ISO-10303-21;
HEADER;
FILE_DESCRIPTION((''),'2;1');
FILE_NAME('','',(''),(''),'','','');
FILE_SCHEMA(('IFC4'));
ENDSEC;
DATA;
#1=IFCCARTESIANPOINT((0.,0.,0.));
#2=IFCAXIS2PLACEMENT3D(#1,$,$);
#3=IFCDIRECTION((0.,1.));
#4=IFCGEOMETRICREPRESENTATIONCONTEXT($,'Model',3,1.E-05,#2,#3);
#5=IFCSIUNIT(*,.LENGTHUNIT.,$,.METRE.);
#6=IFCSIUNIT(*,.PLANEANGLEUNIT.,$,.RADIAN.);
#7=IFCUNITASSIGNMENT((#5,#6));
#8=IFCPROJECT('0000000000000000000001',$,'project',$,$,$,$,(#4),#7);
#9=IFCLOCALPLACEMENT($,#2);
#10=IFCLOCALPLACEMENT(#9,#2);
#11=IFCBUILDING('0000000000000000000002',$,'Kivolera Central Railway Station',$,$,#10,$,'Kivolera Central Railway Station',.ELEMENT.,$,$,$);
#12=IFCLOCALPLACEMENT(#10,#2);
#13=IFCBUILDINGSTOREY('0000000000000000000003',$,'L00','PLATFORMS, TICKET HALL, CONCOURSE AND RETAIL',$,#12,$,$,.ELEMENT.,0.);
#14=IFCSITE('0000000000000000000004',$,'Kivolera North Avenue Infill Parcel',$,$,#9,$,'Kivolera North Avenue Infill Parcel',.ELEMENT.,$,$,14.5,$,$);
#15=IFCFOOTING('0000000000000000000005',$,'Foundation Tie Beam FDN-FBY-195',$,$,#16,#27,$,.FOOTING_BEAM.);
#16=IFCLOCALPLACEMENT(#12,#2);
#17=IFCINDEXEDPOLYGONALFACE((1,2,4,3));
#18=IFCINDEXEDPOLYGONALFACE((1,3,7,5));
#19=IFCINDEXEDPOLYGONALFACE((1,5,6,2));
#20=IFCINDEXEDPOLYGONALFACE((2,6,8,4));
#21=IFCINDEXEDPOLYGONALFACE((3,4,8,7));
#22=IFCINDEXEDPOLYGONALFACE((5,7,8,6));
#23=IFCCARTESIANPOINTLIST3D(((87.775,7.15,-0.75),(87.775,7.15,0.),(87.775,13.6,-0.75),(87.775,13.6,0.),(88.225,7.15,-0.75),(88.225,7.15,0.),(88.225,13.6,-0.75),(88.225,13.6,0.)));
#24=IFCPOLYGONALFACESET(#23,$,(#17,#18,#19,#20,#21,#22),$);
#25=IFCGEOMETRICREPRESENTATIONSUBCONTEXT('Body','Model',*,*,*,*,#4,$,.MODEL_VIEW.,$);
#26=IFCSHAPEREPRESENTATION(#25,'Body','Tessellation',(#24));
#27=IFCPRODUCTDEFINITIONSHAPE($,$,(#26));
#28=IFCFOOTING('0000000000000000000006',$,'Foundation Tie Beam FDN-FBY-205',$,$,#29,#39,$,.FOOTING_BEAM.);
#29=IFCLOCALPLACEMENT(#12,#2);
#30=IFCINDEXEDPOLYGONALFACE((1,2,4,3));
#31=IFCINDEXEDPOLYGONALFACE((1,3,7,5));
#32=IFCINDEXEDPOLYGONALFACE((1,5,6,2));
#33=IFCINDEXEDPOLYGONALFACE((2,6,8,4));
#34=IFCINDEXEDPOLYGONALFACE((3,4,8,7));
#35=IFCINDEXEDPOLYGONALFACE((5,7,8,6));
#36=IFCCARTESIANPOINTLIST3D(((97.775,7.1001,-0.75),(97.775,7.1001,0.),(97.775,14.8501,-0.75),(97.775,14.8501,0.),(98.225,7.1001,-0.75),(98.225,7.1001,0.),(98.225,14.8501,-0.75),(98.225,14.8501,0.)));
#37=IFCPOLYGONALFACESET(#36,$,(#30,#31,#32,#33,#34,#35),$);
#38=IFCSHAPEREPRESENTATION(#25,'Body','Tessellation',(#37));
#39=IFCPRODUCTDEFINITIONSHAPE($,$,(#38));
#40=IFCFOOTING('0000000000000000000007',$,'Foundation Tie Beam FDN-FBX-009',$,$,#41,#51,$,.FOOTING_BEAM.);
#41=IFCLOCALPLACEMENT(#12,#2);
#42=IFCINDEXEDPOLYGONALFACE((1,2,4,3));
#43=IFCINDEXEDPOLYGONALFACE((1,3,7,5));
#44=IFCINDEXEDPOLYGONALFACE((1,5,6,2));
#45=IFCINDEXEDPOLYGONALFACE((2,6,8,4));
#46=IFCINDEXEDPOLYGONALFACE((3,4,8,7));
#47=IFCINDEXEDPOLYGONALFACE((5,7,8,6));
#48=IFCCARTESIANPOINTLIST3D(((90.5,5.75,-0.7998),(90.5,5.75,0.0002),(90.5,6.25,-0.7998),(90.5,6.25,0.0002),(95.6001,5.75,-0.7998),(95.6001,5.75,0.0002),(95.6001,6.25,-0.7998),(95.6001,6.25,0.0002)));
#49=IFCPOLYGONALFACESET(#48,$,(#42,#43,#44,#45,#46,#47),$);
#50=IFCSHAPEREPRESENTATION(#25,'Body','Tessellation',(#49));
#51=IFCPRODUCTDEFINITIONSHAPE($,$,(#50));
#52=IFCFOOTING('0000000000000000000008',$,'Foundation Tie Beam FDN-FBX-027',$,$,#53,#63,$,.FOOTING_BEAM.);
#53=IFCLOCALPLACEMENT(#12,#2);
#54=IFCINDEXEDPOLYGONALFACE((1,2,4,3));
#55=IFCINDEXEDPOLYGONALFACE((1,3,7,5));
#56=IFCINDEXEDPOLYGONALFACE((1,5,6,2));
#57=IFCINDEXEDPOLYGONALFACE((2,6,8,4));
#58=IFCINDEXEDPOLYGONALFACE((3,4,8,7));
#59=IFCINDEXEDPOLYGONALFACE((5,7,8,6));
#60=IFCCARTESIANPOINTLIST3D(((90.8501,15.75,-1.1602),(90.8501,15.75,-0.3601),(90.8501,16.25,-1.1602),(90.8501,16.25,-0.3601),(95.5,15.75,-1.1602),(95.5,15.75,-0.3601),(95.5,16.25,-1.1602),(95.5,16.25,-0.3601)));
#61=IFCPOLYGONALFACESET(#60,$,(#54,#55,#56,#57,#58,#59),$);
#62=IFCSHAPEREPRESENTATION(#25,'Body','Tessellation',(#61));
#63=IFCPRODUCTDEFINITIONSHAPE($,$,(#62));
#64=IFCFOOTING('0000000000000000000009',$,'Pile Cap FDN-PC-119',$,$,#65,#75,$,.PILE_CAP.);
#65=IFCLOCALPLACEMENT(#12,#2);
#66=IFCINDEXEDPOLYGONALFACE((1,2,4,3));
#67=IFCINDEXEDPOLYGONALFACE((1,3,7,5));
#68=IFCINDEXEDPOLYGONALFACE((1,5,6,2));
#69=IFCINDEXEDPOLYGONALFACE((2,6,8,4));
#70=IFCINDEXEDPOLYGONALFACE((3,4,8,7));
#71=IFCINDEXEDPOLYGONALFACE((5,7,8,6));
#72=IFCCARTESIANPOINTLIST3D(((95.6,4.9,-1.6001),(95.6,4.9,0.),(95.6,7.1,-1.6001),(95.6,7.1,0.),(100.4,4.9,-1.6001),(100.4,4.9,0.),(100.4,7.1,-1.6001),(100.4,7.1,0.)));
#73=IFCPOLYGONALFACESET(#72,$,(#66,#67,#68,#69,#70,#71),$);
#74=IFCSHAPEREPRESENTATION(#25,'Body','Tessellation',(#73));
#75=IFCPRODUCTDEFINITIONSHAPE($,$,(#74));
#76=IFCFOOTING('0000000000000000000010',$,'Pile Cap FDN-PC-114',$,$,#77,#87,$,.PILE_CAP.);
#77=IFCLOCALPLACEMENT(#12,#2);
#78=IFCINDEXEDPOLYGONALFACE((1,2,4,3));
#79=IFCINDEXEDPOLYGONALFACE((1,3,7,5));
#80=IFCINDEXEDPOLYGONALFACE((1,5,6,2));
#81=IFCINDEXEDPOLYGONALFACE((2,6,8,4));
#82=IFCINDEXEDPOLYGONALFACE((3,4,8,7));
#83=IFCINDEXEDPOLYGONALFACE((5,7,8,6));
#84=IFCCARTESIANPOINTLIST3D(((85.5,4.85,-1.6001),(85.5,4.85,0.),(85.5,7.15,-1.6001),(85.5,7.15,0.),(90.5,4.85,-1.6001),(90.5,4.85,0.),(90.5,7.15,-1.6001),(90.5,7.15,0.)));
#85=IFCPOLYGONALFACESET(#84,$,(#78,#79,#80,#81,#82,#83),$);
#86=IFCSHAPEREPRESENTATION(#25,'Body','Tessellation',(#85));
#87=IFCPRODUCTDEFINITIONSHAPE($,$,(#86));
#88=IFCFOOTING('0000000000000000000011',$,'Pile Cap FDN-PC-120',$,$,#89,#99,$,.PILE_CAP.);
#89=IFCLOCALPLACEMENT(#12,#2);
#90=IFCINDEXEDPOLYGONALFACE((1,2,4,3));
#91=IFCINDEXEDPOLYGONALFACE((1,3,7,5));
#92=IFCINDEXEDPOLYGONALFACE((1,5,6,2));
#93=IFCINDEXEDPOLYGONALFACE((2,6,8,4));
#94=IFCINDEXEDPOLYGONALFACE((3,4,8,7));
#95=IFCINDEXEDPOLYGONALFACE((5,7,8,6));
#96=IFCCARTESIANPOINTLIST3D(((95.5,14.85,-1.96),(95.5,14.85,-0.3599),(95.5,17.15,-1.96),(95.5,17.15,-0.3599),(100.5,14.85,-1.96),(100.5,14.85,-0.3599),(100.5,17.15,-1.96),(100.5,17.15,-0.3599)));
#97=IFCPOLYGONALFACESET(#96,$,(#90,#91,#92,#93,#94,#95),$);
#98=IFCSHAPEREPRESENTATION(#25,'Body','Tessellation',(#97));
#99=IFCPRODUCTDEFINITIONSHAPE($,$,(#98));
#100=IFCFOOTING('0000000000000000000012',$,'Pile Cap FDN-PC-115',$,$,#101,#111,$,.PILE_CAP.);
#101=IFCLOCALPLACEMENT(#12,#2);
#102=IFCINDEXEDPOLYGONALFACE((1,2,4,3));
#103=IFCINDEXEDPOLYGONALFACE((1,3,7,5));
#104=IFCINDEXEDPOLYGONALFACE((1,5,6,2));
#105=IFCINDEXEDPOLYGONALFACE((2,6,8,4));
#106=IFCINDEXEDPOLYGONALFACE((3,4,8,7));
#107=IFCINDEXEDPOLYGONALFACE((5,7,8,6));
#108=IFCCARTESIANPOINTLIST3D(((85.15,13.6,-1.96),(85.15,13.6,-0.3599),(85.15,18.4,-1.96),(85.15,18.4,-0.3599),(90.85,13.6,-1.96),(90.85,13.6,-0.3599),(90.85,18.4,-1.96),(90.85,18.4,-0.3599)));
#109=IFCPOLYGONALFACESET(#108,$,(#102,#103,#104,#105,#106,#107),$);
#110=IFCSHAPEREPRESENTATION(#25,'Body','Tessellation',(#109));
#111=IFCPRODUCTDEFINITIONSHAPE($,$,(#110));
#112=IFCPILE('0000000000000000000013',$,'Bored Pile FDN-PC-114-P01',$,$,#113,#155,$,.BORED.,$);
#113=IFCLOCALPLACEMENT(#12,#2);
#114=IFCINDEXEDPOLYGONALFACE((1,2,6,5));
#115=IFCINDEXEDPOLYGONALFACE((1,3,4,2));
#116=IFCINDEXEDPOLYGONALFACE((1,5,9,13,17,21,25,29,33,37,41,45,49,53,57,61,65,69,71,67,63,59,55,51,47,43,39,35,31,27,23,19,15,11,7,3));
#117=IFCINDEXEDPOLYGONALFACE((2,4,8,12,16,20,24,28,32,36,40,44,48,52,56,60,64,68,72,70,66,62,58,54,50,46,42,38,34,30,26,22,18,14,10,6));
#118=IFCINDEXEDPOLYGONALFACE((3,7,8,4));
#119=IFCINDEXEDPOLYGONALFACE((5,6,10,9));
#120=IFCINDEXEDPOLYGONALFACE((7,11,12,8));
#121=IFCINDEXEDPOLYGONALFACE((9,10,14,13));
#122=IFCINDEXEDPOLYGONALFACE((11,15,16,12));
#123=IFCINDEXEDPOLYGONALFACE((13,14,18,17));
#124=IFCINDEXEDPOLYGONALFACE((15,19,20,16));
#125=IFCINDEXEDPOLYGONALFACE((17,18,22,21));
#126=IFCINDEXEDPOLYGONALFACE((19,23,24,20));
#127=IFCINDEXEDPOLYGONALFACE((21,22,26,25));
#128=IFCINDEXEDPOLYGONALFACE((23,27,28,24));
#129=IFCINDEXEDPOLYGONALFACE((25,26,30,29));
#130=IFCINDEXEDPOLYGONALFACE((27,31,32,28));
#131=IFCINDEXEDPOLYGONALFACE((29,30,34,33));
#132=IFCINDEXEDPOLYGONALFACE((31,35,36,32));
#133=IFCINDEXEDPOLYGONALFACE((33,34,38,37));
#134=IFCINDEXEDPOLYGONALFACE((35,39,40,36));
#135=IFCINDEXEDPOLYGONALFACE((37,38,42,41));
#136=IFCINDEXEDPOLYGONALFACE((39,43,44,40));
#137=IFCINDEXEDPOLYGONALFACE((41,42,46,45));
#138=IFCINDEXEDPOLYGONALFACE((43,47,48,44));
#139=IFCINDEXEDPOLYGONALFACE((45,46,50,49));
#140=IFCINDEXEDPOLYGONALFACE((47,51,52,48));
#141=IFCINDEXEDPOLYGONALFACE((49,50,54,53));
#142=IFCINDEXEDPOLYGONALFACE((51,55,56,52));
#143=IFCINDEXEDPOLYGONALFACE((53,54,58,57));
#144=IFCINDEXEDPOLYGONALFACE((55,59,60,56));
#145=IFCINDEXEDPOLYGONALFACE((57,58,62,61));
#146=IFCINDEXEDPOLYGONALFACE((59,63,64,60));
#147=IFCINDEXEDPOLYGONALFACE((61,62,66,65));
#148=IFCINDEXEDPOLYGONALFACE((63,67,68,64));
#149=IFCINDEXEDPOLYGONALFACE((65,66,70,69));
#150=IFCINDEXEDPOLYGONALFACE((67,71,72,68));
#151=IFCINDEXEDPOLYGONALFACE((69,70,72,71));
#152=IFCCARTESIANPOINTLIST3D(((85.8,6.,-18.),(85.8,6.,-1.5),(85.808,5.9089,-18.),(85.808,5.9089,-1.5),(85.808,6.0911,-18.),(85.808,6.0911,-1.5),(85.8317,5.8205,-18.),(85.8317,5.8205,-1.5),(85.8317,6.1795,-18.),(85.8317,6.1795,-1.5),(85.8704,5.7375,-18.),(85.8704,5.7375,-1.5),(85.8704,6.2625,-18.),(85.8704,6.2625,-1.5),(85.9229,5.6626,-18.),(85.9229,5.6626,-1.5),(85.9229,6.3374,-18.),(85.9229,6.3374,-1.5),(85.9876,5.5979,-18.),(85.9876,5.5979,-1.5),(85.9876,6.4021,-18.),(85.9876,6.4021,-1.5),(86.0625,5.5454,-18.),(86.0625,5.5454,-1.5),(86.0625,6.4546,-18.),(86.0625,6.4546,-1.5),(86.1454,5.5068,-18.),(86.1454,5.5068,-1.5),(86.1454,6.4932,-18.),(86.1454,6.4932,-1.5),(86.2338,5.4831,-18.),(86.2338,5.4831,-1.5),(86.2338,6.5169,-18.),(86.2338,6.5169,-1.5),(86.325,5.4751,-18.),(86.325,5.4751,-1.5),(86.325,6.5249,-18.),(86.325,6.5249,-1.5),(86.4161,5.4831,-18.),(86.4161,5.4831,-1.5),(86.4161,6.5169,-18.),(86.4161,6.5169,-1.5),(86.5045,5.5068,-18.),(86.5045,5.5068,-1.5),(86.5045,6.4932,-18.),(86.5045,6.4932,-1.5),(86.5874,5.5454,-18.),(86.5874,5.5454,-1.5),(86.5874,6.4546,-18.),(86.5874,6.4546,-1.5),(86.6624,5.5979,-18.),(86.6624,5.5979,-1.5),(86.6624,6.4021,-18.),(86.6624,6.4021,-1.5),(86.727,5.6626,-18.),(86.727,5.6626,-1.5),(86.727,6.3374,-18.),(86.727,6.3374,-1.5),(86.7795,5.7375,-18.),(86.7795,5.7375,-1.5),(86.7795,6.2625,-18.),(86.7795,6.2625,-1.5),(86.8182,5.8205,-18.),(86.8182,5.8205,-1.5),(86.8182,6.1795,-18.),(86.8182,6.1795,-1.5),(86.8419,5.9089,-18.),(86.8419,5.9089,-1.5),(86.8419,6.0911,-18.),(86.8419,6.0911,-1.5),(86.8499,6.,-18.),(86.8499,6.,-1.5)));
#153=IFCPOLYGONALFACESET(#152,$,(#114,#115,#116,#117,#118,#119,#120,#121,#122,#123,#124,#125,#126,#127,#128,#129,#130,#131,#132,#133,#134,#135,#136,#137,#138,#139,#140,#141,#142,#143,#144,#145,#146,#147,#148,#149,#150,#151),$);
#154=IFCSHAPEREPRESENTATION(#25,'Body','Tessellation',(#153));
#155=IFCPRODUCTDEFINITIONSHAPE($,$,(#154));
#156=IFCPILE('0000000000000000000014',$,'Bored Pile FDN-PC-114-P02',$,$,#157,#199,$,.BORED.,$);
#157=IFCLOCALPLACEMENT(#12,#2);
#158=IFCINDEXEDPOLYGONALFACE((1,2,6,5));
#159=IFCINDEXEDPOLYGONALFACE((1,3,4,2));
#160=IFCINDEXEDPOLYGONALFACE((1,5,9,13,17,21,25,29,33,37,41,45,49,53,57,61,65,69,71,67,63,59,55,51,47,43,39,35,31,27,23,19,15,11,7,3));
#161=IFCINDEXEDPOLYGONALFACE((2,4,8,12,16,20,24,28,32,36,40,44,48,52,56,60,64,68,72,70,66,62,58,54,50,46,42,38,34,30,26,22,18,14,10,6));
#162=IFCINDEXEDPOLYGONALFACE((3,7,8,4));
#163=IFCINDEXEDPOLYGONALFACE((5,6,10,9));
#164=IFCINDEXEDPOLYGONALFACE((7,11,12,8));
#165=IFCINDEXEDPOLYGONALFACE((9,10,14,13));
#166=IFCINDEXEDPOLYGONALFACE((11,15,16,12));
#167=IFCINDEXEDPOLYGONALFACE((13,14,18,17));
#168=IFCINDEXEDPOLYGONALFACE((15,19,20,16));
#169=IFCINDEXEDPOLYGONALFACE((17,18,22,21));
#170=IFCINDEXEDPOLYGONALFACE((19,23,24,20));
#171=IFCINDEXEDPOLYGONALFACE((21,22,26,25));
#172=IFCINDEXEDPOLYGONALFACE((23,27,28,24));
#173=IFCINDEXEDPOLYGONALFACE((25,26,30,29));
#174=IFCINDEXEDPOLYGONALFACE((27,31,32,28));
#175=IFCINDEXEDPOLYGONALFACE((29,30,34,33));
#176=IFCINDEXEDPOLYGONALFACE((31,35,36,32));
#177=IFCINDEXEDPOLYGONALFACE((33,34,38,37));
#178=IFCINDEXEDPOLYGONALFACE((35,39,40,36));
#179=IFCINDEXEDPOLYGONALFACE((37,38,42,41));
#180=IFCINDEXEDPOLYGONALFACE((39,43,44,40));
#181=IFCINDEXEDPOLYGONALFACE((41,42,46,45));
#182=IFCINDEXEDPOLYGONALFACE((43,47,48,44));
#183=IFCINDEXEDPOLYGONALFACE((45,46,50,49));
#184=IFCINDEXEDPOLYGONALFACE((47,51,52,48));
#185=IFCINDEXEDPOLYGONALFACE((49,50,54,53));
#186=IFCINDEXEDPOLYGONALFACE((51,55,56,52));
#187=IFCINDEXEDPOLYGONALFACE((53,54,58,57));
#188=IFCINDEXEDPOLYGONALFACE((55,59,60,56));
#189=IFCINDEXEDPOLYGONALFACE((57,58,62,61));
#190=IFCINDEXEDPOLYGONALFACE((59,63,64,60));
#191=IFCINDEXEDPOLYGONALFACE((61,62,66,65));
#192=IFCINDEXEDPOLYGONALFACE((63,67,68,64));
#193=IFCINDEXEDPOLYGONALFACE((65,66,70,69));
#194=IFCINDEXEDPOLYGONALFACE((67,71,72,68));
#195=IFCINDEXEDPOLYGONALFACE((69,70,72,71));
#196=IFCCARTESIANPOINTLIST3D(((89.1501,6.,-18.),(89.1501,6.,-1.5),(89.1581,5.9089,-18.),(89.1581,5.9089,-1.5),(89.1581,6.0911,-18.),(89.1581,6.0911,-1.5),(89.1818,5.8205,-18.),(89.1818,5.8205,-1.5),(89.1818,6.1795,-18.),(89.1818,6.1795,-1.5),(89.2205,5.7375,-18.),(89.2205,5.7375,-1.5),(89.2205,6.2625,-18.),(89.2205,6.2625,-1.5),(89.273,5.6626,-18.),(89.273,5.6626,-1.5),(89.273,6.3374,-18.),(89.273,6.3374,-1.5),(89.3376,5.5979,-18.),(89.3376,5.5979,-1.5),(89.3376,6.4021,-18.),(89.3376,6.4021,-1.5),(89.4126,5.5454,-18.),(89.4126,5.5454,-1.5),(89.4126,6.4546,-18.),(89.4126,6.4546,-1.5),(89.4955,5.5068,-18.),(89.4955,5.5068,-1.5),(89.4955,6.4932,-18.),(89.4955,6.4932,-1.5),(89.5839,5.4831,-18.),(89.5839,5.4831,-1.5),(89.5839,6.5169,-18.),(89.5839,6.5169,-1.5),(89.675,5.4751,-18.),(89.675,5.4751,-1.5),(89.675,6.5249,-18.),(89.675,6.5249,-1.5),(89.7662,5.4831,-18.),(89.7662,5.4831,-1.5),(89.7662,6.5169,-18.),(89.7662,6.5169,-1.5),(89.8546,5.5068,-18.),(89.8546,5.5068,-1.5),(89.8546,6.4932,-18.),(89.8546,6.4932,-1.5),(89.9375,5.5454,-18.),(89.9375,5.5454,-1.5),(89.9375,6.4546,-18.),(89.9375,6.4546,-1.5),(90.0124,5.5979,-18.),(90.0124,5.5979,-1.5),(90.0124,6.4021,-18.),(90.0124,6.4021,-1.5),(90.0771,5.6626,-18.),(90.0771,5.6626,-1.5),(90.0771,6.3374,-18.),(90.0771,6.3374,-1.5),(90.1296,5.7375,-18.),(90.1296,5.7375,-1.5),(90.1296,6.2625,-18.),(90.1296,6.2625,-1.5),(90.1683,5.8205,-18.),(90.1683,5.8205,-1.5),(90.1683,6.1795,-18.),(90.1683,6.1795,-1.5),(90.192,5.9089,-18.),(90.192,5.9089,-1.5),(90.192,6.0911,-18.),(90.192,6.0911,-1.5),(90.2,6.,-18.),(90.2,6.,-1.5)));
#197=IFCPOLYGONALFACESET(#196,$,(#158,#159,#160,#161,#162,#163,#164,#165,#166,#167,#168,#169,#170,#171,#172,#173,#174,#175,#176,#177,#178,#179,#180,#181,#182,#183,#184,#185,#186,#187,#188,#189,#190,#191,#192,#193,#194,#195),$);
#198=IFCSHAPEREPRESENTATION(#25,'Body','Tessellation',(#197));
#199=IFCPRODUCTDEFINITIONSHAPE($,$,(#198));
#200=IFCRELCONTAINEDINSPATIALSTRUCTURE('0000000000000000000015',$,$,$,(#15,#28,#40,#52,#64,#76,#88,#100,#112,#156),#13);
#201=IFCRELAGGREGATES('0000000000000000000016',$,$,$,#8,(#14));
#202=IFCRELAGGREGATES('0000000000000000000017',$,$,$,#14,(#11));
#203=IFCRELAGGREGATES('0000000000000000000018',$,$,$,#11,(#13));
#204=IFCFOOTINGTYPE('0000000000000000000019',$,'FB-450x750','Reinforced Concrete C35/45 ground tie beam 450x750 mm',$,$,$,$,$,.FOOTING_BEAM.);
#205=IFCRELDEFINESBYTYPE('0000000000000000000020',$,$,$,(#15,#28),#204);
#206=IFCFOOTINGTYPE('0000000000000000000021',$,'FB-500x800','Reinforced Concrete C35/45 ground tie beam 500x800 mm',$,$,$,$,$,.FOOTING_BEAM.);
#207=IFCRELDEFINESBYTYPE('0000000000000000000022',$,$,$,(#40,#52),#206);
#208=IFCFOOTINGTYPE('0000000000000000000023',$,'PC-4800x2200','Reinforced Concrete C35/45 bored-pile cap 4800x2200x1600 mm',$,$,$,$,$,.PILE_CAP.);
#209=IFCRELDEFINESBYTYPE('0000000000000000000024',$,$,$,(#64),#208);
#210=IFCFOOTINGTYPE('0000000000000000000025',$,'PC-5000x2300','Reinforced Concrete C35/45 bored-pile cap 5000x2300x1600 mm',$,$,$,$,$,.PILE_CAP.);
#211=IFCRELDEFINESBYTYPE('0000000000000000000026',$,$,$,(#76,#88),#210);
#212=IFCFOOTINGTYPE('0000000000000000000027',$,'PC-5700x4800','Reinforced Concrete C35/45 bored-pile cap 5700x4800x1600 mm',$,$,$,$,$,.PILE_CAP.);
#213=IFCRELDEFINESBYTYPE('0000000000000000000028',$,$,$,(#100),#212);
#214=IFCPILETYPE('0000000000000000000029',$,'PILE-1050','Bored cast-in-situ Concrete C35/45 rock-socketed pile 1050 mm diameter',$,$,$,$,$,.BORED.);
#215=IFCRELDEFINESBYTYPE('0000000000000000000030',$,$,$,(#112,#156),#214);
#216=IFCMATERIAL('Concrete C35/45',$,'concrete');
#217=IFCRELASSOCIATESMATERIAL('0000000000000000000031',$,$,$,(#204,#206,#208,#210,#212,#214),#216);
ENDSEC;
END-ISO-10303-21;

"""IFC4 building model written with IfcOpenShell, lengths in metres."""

from ifc_helpers import new_model, si_unit, direction, frame, origin, origin_2d, place, context, subcontext, project, spatial, rectangle, circle, extrude, material, material_profile, profile_set, type_object, element, save


model = new_model("IFC4")

# Units and contexts
model_context = context("Model", 3, precision=1e-05, world=origin(), true_north=direction((0.0, 1.0)))
body_context = subcontext(model_context, "Body", "Model", "MODEL_VIEW")
ifc_project = project(units=[si_unit("LENGTHUNIT", "METRE"), si_unit("PLANEANGLEUNIT", "RADIAN")], contexts=[model_context])

# Site, building, storey
site_placement = place(None, origin())
site = spatial("IfcSite", under=ifc_project, at=site_placement, Name="Kivolera North Avenue Infill Parcel", LongName="Kivolera North Avenue Infill Parcel", CompositionType="ELEMENT", RefElevation=14.5)
building_placement = place(site_placement, origin())
building = spatial("IfcBuilding", under=site, at=building_placement, Name="Kivolera Central Railway Station", LongName="Kivolera Central Railway Station", CompositionType="ELEMENT")
storey_placement = place(building_placement, origin())
storey = spatial("IfcBuildingStorey", under=building, at=storey_placement, Name="L00", Description="PLATFORMS, TICKET HALL, CONCOURSE AND RETAIL", CompositionType="ELEMENT", Elevation=0.0)

# Footings
ifc_material_1 = material(Name="Concrete C35/45", Category="concrete")
footing_type_1 = type_object("IfcFootingType", Name="FB-450x750", Description="Reinforced Concrete C35/45 ground tie beam 450x750 mm", PredefinedType="FOOTING_BEAM", material=ifc_material_1)
footing_1_placement = place(storey_placement, frame((88.0, 10.375, -0.75), z_axis=(0.0, 0.0, 1.0), x_axis=(1.0, 0.0, 0.0)))
element("IfcFooting", 1, at=footing_1_placement, inside=storey, type_object=footing_type_1, Name="Foundation Tie Beam FDN-FBY-195", PredefinedType="FOOTING_BEAM", context=body_context, shape_type="SweptSolid", body=[
    extrude(rectangle(XDim=0.45, YDim=6.45, at=origin_2d()), origin(), (0.0, 0.0, 1.0), 0.75),
])
footing_2_placement = place(storey_placement, frame((98.0, 10.9751, -0.75), z_axis=(0.0, 0.0, 1.0), x_axis=(1.0, 0.0, 0.0)))
element("IfcFooting", 2, at=footing_2_placement, inside=storey, type_object=footing_type_1, Name="Foundation Tie Beam FDN-FBY-205", PredefinedType="FOOTING_BEAM", context=body_context, shape_type="SweptSolid", body=[
    extrude(rectangle(XDim=0.45, YDim=7.75, at=origin_2d()), origin(), (0.0, 0.0, 1.0), 0.75),
])
footing_type_2 = type_object("IfcFootingType", Name="FB-500x800", Description="Reinforced Concrete C35/45 ground tie beam 500x800 mm", PredefinedType="FOOTING_BEAM", material=ifc_material_1)
footing_3_placement = place(storey_placement, frame((93.05, 6.0, -0.7998), z_axis=(0.0, 0.0, 1.0), x_axis=(1.0, 0.0, 0.0)))
element("IfcFooting", 3, at=footing_3_placement, inside=storey, type_object=footing_type_2, Name="Foundation Tie Beam FDN-FBX-009", PredefinedType="FOOTING_BEAM", context=body_context, shape_type="SweptSolid", body=[
    extrude(rectangle(XDim=5.1001, YDim=0.5, at=origin_2d()), origin(), (0.0, 0.0, 1.0), 0.8),
])
footing_4_placement = place(storey_placement, frame((93.175, 16.0, -1.1602), z_axis=(0.0, 0.0, 1.0), x_axis=(1.0, 0.0, 0.0)))
element("IfcFooting", 4, at=footing_4_placement, inside=storey, type_object=footing_type_2, Name="Foundation Tie Beam FDN-FBX-027", PredefinedType="FOOTING_BEAM", context=body_context, shape_type="SweptSolid", body=[
    extrude(rectangle(XDim=4.6499, YDim=0.5, at=origin_2d()), origin(), (0.0, 0.0, 1.0), 0.8),
])
footing_type_3 = type_object("IfcFootingType", Name="PC-4800x2200", Description="Reinforced Concrete C35/45 bored-pile cap 4800x2200x1600 mm", PredefinedType="PILE_CAP", material=ifc_material_1)
footing_5_placement = place(storey_placement, frame((98.0, 6.0, -1.6001), z_axis=(0.0, 0.0, 1.0), x_axis=(1.0, 0.0, 0.0)))
element("IfcFooting", 5, at=footing_5_placement, inside=storey, type_object=footing_type_3, Name="Pile Cap FDN-PC-119", PredefinedType="PILE_CAP", context=body_context, shape_type="SweptSolid", body=[
    extrude(rectangle(XDim=4.8, YDim=2.2, at=origin_2d()), origin(), (0.0, 0.0, 1.0), 1.6001),
])
footing_type_4 = type_object("IfcFootingType", Name="PC-5000x2300", Description="Reinforced Concrete C35/45 bored-pile cap 5000x2300x1600 mm", PredefinedType="PILE_CAP", material=ifc_material_1)
for number, where, z_axis, x_axis, name in (
    (6, (88.0, 6.0, -1.6001), (0.0, 0.0, 1.0), (1.0, 0.0, 0.0), "Pile Cap FDN-PC-114"),
    (7, (98.0, 16.0, -1.96), (0.0, 0.0, 1.0), (1.0, 0.0, 0.0), "Pile Cap FDN-PC-120"),
):
    element("IfcFooting", number, at=place(storey_placement, frame(where, z_axis=z_axis, x_axis=x_axis)), inside=storey, type_object=footing_type_4, Name=name, PredefinedType="PILE_CAP", context=body_context, shape_type="SweptSolid", body=[
        extrude(rectangle(XDim=5.0, YDim=2.3, at=origin_2d()), origin(), (0.0, 0.0, 1.0), 1.6001),
    ])
footing_type_5 = type_object("IfcFootingType", Name="PC-5700x4800", Description="Reinforced Concrete C35/45 bored-pile cap 5700x4800x1600 mm", PredefinedType="PILE_CAP", material=ifc_material_1)
footing_6_placement = place(storey_placement, frame((88.0, 16.0, -1.96), z_axis=(0.0, 0.0, 1.0), x_axis=(1.0, 0.0, 0.0)))
element("IfcFooting", 8, at=footing_6_placement, inside=storey, type_object=footing_type_5, Name="Pile Cap FDN-PC-115", PredefinedType="PILE_CAP", context=body_context, shape_type="SweptSolid", body=[
    extrude(rectangle(XDim=5.7, YDim=4.8, at=origin_2d()), origin(), (0.0, 0.0, 1.0), 1.6001),
])

# Piles
ifc_material_profile_1 = material_profile(ifc_material_1, circle(Radius=0.5249, at=origin_2d()), Name="PILE D1050")
ifc_profile_set_1 = profile_set([ifc_material_profile_1], Name="Concrete C35/45")
pile_type_1 = type_object("IfcPileType", Name="PILE-1050", Description="Bored cast-in-situ Concrete C35/45 rock-socketed pile 1050 mm diameter", PredefinedType="BORED", material=ifc_profile_set_1)
for number, where, z_axis, x_axis, name in (
    (9, (86.325, 6.0, -1.5), (0.0, 0.0, -1.0), (1.0, 0.0, 0.0), "Bored Pile FDN-PC-114-P01"),
    (10, (89.675, 6.0, -1.5), (0.0, 0.0, -1.0), (1.0, 0.0, 0.0), "Bored Pile FDN-PC-114-P02"),
):
    element("IfcPile", number, at=place(storey_placement, frame(where, z_axis=z_axis, x_axis=x_axis)), inside=storey, type_object=pile_type_1, Name=name, PredefinedType="BORED", context=body_context, shape_type="SweptSolid", body=[
        extrude(circle(Radius=0.5249, at=origin_2d()), origin(), (0.0, 0.0, 1.0), 16.5),
    ])

save(model, "model.ifc")
